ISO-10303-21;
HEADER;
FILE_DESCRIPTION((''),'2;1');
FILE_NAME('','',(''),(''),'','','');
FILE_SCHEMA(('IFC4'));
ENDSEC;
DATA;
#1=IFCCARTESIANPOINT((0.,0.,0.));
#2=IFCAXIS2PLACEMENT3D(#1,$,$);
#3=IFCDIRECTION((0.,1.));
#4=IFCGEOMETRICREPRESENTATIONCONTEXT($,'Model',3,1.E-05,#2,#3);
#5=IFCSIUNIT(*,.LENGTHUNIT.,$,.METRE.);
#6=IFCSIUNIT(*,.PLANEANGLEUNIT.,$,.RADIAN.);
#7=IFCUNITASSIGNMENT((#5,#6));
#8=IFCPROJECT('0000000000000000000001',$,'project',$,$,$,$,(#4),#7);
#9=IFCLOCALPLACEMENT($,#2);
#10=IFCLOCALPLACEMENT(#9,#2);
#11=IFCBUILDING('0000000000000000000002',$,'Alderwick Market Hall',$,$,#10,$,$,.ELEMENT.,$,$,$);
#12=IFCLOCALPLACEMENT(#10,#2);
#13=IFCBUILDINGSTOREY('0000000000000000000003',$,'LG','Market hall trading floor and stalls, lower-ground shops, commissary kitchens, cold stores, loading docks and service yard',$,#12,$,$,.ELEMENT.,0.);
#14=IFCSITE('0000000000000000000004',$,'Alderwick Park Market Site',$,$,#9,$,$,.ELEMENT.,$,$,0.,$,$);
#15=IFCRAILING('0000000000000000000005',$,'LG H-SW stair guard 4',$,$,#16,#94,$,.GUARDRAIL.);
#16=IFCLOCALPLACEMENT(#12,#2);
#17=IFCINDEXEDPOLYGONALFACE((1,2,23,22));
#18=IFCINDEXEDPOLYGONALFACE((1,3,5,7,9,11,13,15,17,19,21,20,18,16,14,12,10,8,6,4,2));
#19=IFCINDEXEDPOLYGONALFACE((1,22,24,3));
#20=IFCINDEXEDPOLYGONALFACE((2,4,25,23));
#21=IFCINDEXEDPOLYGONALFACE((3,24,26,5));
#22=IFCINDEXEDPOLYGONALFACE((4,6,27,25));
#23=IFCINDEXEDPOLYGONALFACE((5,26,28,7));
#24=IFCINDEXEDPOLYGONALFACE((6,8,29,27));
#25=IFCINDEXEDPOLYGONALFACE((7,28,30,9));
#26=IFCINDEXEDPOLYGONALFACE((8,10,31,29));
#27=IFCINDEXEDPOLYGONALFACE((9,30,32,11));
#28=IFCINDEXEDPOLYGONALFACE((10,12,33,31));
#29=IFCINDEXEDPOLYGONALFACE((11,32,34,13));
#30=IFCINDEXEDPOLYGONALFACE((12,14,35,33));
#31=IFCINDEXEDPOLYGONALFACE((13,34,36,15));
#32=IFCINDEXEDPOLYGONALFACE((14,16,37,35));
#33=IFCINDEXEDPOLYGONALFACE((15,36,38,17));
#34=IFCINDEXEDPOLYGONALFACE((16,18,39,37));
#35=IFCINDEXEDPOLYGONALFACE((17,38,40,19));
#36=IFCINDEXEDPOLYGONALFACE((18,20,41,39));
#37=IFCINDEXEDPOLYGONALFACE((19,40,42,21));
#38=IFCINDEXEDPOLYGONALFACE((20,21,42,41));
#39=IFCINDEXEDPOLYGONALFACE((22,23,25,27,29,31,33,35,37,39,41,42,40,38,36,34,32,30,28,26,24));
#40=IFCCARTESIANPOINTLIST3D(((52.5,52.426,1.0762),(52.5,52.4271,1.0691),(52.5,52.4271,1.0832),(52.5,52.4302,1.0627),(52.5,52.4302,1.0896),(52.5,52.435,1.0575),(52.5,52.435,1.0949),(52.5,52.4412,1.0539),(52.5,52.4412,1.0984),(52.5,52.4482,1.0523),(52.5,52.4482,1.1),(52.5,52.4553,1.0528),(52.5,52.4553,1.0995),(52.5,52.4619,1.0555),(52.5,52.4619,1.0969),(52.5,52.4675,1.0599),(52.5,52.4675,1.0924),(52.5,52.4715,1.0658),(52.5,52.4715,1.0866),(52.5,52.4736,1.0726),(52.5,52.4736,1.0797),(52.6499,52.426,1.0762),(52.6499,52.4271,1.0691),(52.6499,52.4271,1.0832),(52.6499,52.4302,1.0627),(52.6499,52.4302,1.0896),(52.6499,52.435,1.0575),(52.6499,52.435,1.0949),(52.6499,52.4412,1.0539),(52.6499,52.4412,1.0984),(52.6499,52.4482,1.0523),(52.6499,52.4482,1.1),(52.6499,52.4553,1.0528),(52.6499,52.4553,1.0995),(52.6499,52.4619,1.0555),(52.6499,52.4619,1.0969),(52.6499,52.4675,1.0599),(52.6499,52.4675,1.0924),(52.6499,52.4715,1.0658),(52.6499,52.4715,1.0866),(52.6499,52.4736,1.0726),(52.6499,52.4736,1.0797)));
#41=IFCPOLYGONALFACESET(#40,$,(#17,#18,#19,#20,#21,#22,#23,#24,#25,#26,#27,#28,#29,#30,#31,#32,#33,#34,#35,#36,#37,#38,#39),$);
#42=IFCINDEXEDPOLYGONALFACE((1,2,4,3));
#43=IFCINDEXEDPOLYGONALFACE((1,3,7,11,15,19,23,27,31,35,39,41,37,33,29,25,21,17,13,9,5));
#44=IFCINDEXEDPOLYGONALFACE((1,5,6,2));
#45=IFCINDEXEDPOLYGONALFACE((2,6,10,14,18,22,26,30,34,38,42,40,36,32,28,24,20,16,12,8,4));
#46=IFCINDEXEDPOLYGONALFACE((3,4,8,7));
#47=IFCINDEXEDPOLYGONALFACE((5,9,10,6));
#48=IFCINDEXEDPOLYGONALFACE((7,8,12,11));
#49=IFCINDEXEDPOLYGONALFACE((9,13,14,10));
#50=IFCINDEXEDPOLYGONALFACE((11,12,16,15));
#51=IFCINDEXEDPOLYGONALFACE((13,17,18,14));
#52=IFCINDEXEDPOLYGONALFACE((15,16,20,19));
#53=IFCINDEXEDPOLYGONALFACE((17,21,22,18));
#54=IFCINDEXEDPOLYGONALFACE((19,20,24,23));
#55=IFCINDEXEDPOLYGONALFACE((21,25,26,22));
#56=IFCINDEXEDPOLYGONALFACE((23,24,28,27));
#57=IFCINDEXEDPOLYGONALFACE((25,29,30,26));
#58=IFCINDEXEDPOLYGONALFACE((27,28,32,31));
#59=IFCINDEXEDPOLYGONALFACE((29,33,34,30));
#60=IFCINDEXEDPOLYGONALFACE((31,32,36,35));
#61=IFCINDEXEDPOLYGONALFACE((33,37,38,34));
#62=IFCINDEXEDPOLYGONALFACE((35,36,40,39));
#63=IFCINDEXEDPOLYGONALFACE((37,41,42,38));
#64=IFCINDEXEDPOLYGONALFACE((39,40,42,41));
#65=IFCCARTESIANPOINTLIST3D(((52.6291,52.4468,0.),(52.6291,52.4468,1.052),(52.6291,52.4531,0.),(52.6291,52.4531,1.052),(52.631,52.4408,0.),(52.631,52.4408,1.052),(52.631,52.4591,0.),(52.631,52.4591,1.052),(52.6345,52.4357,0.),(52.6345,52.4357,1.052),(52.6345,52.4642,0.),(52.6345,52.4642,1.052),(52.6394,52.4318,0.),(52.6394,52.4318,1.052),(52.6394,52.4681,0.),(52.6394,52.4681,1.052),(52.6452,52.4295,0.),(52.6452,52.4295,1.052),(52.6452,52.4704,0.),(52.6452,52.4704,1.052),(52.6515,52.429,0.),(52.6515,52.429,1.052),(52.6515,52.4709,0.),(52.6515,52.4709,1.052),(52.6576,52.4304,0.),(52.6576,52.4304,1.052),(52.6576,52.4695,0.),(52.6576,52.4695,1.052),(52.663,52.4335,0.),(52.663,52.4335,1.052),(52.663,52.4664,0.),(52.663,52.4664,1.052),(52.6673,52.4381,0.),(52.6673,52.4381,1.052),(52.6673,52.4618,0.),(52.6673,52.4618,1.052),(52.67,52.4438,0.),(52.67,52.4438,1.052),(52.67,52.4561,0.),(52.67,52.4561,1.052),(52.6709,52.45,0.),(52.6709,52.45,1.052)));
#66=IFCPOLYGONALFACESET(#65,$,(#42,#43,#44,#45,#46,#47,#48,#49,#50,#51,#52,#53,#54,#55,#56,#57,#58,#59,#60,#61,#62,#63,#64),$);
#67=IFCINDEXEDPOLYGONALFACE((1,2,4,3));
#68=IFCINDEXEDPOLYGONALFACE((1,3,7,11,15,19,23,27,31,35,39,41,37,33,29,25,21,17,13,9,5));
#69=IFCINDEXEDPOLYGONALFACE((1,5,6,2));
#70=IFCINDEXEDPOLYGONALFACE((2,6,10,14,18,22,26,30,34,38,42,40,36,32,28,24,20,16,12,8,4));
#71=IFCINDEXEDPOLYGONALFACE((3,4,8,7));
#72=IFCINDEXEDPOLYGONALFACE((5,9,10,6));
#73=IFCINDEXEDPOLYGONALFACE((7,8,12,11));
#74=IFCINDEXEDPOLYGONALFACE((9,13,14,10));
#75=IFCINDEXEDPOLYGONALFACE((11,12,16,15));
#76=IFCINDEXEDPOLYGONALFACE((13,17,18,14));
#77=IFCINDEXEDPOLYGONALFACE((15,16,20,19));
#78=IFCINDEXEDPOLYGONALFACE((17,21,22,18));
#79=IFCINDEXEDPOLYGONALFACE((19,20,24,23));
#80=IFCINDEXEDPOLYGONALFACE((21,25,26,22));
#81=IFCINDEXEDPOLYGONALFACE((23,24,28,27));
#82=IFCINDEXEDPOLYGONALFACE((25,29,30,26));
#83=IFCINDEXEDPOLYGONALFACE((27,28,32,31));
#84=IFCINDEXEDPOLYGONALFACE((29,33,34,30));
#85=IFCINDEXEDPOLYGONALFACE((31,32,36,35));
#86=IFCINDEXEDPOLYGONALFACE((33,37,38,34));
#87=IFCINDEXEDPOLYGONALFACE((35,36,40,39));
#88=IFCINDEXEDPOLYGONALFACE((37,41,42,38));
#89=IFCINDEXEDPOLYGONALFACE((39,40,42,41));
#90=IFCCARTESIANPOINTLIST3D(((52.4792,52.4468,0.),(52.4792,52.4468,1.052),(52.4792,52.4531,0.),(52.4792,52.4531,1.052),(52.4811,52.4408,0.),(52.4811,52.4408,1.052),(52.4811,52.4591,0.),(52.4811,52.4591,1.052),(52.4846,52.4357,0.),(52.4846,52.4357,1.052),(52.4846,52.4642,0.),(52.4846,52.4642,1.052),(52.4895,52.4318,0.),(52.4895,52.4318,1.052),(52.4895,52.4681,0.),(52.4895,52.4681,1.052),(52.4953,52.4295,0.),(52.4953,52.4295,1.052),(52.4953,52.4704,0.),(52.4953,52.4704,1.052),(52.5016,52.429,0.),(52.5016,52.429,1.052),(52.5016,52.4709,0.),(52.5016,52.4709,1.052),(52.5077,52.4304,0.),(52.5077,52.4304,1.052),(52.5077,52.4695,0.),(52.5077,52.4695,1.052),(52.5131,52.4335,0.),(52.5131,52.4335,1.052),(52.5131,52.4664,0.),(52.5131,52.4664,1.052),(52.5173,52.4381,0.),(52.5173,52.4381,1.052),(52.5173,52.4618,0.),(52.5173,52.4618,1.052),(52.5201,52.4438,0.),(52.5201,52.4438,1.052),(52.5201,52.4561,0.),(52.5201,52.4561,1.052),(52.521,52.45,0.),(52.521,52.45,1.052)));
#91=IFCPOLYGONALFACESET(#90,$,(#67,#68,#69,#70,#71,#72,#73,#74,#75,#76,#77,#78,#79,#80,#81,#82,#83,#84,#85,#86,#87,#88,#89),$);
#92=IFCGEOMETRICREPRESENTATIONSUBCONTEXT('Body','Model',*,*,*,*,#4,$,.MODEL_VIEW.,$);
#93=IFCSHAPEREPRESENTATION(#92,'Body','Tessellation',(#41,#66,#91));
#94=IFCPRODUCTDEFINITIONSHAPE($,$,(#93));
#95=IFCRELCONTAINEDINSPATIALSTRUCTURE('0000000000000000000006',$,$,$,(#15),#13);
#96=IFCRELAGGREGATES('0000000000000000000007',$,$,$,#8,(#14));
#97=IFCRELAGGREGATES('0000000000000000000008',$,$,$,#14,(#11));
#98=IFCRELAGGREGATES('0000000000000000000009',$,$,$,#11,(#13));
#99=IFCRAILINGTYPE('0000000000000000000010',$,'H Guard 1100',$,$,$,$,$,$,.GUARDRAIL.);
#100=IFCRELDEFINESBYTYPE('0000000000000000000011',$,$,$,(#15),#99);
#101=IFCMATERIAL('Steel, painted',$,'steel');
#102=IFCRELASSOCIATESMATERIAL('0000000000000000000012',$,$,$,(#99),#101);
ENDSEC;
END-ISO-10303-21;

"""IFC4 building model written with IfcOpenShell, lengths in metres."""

from ifc_helpers import new_model, si_unit, direction, frame, origin, origin_2d, place, context, subcontext, project, spatial, circle, extrude, material, type_object, element, save


model = new_model("IFC4")

# Units and contexts
model_context = context("Model", 3, precision=1e-05, world=origin(), true_north=direction((0.0, 1.0)))
body_context = subcontext(model_context, "Body", "Model", "MODEL_VIEW")
ifc_project = project(units=[si_unit("LENGTHUNIT", "METRE"), si_unit("PLANEANGLEUNIT", "RADIAN")], contexts=[model_context])

# Site, building, storey
site_placement = place(None, origin())
site = spatial("IfcSite", under=ifc_project, at=site_placement, Name="Alderwick Park Market Site", CompositionType="ELEMENT", RefElevation=0.0)
building_placement = place(site_placement, origin())
building = spatial("IfcBuilding", under=site, at=building_placement, Name="Alderwick Market Hall", CompositionType="ELEMENT")
storey_placement = place(building_placement, origin())
storey = spatial("IfcBuildingStorey", under=building, at=storey_placement, Name="LG", Description="Market hall trading floor and stalls, lower-ground shops, commissary kitchens, cold stores, loading docks and service yard", CompositionType="ELEMENT", Elevation=0.0)

# Railing
ifc_material_1 = material(Name="Steel, painted", Category="steel")
railing_type_1 = type_object("IfcRailingType", Name="H Guard 1100", PredefinedType="GUARDRAIL", material=ifc_material_1)
railing_1_placement = place(storey_placement, frame((52.6499, 52.45, 0.0)))
element("IfcRailing", 1, at=railing_1_placement, inside=storey, type_object=railing_type_1, Name="LG H-SW stair guard 4", PredefinedType="GUARDRAIL", context=body_context, shape_type="SweptSolid", body=[
    extrude(circle(Radius=0.0239, at=origin_2d()), frame((0.0, 0.0, 1.0762), z_axis=(-1.0, 0.0, 0.0), x_axis=(0.0, -1.0, 0.0)), (0.0, 0.0, 1.0), 0.1499),
    extrude(circle(Radius=0.021, at=origin_2d()), origin(), (0.0, 0.0, 1.0), 1.052),
    extrude(circle(Radius=0.021, at=origin_2d()), frame((-0.1499, 0.0, 0.0)), (0.0, 0.0, 1.0), 1.052),
])

save(model, "model.ifc")
